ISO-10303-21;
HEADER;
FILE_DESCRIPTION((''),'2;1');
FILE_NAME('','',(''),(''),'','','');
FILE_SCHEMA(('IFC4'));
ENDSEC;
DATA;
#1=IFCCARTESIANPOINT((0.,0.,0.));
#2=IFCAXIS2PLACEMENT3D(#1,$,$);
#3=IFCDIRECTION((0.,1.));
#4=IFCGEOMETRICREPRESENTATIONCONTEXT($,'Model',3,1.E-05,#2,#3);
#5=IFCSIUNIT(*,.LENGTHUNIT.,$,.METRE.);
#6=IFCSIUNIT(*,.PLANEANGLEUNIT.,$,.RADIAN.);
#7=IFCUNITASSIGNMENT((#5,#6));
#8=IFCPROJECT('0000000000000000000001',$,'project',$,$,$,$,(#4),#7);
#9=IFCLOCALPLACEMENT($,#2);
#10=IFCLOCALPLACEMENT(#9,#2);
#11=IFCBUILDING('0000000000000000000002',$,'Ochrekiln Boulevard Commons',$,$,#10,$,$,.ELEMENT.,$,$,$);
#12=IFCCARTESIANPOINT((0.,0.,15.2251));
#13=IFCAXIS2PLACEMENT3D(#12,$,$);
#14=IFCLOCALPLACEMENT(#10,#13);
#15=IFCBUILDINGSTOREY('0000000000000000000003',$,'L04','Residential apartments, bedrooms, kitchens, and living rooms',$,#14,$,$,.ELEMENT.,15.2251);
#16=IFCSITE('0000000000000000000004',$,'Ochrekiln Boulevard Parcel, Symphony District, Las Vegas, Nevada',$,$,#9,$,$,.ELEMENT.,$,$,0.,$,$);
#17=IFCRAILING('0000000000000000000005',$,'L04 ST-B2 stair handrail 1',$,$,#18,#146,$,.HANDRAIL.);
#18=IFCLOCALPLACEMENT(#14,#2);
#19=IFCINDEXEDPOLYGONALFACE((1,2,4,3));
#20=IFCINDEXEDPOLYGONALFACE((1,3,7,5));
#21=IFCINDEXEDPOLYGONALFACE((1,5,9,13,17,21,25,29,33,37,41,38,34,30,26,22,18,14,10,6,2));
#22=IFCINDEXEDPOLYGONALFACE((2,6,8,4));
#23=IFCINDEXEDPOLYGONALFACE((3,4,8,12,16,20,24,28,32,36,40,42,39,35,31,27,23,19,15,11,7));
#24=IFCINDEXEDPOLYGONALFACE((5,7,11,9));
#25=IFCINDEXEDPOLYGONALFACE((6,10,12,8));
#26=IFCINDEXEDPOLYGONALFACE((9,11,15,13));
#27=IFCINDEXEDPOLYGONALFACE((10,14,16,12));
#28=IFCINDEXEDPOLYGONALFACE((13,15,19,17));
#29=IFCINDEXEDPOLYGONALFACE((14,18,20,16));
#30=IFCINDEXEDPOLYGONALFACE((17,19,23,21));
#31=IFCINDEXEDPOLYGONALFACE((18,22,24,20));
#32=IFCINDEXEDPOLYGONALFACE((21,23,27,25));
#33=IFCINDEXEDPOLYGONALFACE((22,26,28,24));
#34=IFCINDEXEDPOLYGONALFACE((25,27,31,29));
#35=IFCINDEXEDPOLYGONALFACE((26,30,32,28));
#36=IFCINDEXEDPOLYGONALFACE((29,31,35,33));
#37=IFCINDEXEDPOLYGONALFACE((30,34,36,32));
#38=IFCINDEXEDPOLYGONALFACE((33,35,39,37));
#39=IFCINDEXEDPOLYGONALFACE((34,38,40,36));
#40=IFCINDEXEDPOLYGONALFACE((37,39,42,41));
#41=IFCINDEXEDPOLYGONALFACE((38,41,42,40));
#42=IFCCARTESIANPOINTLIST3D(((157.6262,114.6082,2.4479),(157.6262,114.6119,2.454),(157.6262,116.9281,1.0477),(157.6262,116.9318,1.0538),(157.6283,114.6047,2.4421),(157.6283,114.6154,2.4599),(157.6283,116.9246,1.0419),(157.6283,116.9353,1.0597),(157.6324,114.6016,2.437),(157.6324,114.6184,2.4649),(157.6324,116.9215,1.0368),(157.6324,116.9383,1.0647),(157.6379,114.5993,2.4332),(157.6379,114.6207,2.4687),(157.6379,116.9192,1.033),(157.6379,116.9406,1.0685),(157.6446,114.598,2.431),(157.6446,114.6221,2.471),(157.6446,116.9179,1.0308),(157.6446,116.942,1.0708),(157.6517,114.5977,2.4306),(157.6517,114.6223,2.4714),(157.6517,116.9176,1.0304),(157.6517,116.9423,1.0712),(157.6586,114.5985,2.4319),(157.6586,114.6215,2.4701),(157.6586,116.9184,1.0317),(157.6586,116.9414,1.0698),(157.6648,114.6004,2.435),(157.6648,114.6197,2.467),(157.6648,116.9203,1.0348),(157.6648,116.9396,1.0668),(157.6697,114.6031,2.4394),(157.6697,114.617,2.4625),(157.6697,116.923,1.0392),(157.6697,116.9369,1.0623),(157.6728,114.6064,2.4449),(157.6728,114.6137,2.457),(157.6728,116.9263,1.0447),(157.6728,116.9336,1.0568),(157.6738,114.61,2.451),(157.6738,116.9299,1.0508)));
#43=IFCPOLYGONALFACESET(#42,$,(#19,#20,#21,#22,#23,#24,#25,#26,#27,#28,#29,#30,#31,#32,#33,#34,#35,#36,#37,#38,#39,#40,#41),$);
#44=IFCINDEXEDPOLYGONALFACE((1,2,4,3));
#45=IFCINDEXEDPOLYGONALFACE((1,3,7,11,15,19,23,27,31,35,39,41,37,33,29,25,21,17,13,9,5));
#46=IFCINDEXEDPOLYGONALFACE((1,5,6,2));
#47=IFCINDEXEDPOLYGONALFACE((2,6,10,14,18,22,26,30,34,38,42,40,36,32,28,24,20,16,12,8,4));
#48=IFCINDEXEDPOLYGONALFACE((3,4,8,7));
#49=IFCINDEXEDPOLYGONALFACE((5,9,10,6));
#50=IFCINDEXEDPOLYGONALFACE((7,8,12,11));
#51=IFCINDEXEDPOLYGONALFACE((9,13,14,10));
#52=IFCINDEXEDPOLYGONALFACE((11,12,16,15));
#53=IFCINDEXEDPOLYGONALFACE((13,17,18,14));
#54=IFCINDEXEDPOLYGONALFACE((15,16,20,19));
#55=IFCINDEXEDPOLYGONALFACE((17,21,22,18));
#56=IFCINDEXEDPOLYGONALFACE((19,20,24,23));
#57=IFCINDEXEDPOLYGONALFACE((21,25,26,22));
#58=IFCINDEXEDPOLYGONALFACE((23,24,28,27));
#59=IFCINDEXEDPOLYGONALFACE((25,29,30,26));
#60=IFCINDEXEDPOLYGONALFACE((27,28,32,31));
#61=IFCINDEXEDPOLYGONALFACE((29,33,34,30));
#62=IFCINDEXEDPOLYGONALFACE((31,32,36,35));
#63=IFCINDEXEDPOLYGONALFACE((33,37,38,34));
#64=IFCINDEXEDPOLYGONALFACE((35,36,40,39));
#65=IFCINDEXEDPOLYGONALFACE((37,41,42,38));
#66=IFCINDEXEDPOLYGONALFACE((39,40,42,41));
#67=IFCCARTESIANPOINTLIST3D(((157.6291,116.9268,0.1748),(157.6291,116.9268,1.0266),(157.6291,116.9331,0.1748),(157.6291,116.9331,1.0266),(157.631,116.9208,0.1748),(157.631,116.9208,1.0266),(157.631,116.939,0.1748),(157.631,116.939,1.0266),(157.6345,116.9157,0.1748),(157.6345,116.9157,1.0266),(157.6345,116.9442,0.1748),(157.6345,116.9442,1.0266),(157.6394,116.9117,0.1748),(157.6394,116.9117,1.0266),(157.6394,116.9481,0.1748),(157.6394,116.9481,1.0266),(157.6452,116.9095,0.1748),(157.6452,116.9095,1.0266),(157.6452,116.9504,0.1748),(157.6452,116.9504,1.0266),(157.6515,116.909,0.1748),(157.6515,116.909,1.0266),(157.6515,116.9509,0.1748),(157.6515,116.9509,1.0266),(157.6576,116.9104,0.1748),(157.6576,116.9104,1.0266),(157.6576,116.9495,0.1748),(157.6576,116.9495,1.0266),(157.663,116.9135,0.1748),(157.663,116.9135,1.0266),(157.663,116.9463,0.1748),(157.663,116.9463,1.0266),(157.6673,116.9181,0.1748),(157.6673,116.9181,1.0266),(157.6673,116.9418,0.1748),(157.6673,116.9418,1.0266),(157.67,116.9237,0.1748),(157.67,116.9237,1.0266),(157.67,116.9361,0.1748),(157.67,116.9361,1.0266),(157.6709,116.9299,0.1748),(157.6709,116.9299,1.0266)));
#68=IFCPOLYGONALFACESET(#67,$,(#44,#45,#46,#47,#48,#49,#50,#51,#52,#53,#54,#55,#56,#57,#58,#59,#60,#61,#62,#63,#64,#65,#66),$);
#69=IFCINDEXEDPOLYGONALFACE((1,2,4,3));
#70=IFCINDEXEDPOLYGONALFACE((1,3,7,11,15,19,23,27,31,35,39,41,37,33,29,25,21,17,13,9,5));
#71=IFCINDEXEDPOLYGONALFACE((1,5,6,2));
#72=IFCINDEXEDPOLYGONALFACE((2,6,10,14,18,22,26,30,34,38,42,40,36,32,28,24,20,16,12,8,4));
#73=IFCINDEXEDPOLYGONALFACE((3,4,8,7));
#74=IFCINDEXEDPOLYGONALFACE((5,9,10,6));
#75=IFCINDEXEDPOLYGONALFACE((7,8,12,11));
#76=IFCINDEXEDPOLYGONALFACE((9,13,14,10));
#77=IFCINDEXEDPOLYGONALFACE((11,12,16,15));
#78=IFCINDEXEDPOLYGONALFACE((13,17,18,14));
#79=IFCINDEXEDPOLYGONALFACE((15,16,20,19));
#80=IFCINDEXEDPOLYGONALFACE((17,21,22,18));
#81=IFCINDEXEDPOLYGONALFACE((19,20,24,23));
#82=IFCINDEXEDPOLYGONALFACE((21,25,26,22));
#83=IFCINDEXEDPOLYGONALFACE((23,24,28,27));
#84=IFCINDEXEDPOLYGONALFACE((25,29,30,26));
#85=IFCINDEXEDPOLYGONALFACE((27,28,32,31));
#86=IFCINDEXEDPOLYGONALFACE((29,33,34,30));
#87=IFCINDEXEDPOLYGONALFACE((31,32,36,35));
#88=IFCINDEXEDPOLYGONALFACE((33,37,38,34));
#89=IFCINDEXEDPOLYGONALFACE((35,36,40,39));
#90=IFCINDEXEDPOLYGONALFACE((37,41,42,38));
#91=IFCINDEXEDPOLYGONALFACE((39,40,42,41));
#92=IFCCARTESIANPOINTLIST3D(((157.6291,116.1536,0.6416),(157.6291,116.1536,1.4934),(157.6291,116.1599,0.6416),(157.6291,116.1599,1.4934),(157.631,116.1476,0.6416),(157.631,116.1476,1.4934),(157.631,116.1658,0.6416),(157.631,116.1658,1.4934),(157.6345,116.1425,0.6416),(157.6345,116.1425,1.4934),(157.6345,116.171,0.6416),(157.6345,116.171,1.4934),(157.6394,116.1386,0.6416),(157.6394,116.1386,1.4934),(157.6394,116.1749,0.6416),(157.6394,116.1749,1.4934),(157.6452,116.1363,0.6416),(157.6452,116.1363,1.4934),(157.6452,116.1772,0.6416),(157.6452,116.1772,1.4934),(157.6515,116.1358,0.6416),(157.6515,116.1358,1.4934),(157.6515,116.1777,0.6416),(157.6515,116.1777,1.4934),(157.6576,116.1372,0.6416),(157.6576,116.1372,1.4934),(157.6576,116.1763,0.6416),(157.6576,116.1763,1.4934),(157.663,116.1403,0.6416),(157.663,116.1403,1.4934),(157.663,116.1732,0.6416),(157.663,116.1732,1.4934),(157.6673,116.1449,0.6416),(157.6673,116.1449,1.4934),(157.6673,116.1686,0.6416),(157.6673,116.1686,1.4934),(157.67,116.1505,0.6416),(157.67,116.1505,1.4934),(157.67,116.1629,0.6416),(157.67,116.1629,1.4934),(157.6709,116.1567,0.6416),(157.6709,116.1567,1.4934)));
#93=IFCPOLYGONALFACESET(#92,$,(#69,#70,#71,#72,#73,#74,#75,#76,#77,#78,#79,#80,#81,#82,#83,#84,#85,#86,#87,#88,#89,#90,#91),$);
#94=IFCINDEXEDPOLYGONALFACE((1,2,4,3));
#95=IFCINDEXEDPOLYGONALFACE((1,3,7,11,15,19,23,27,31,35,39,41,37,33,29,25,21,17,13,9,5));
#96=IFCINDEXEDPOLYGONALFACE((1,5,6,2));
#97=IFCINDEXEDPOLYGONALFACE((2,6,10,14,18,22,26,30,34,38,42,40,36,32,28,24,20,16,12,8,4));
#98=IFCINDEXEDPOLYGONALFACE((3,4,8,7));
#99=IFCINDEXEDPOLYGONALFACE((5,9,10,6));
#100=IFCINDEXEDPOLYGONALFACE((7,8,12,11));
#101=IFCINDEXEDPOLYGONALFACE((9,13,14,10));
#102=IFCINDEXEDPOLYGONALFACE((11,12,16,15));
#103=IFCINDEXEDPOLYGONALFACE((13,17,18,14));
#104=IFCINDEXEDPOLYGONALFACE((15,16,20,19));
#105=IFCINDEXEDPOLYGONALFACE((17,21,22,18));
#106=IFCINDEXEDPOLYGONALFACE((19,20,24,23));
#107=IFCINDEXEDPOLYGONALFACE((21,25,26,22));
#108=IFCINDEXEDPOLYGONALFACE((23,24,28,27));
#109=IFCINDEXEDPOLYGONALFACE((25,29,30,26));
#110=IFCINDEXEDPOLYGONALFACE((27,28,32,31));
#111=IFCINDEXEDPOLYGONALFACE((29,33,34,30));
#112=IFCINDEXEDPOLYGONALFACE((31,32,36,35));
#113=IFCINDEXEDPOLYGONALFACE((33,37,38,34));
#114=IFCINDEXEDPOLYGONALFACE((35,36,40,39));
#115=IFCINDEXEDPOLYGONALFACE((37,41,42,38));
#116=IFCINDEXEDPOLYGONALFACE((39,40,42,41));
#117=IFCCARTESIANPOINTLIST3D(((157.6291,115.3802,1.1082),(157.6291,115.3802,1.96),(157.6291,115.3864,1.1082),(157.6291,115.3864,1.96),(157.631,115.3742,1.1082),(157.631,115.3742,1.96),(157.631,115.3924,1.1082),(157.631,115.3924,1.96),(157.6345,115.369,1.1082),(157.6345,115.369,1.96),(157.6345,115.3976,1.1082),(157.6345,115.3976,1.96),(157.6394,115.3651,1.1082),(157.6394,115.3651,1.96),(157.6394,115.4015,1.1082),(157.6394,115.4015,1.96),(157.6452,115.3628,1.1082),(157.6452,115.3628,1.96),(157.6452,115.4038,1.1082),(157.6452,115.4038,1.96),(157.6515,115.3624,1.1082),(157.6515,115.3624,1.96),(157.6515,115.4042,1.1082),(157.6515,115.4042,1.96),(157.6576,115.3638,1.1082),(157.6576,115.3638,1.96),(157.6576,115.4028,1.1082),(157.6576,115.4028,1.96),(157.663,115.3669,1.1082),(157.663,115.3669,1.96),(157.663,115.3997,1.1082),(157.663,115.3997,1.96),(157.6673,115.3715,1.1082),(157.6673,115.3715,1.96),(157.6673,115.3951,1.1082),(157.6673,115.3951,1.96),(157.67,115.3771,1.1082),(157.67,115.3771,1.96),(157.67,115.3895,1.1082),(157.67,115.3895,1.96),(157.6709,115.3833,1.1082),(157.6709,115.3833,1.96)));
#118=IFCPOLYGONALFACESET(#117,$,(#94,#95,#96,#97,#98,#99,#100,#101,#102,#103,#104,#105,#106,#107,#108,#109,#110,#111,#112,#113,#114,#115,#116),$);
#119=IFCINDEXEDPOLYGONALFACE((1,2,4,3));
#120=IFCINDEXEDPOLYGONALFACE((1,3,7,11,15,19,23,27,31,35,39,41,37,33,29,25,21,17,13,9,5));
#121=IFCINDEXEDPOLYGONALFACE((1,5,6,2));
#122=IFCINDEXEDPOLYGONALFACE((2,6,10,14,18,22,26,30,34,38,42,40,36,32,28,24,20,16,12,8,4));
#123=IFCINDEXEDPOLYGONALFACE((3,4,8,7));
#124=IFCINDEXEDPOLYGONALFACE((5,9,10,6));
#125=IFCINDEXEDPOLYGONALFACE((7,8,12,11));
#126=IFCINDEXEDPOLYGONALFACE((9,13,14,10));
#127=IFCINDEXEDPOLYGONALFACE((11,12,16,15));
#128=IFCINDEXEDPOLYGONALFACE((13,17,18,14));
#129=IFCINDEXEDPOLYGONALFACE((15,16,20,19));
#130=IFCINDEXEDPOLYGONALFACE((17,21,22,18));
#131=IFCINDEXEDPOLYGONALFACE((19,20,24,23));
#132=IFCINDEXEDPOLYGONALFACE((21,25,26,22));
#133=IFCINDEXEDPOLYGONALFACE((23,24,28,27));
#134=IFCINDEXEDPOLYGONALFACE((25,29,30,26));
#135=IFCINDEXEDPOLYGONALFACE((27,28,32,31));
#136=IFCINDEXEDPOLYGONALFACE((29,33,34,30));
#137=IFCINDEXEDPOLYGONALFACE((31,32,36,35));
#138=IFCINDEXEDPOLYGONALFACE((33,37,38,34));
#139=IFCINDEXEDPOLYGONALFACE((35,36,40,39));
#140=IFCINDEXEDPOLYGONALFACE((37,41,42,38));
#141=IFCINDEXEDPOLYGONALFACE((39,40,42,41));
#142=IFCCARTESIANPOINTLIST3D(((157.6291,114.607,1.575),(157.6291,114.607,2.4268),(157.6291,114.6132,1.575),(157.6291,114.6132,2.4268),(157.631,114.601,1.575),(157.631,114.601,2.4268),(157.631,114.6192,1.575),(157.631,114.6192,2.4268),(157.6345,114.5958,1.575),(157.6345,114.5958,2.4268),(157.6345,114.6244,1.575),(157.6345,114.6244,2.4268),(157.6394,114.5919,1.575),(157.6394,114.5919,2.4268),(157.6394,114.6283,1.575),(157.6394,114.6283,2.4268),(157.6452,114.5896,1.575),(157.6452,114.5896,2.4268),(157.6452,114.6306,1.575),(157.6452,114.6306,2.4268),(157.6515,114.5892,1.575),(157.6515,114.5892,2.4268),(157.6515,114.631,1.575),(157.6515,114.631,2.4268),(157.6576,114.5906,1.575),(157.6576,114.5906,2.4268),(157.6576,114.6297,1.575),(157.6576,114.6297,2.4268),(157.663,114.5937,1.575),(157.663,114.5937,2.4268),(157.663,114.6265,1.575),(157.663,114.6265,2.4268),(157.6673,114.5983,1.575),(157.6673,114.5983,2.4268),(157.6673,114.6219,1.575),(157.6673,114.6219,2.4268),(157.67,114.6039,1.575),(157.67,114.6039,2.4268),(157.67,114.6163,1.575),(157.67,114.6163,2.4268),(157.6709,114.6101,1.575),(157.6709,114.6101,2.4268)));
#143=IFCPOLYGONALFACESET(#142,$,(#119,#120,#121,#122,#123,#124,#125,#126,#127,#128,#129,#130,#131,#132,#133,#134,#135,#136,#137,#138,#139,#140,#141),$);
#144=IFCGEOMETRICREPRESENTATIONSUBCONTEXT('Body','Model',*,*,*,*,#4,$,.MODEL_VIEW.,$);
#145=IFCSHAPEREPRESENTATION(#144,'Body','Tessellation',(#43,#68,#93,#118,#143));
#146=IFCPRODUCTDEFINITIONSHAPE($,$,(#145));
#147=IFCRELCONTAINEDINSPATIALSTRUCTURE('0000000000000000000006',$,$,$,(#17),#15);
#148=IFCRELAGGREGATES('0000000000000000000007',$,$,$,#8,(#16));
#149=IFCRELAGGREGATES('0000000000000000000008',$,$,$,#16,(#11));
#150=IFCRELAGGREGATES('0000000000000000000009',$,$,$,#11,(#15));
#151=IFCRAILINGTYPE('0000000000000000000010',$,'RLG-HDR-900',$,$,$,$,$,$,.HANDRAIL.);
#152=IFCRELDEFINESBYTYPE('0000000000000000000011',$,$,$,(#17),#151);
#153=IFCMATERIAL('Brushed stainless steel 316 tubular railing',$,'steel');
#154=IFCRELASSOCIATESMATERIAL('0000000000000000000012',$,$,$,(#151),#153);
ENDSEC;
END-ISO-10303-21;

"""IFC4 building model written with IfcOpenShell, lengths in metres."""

from ifc_helpers import new_model, si_unit, direction, frame, origin, origin_2d, place, context, subcontext, project, spatial, circle, extrude, material, type_object, element, save


model = new_model("IFC4")

# Units and contexts
model_context = context("Model", 3, precision=1e-05, world=origin(), true_north=direction((0.0, 1.0)))
body_context = subcontext(model_context, "Body", "Model", "MODEL_VIEW")
ifc_project = project(units=[si_unit("LENGTHUNIT", "METRE"), si_unit("PLANEANGLEUNIT", "RADIAN")], contexts=[model_context])

# Site, building, storey
site_placement = place(None, origin())
site = spatial("IfcSite", under=ifc_project, at=site_placement, Name="Ochrekiln Boulevard Parcel, Symphony District, Las Vegas, Nevada", CompositionType="ELEMENT", RefElevation=0.0)
building_placement = place(site_placement, origin())
building = spatial("IfcBuilding", under=site, at=building_placement, Name="Ochrekiln Boulevard Commons", CompositionType="ELEMENT")
storey_placement = place(building_placement, frame((0.0, 0.0, 15.2251)))
storey = spatial("IfcBuildingStorey", under=building, at=storey_placement, Name="L04", Description="Residential apartments, bedrooms, kitchens, and living rooms", CompositionType="ELEMENT", Elevation=15.2251)

# Railing
ifc_material_1 = material(Name="Brushed stainless steel 316 tubular railing", Category="steel")
railing_type_1 = type_object("IfcRailingType", Name="RLG-HDR-900", PredefinedType="HANDRAIL", material=ifc_material_1)
railing_1_placement = place(storey_placement, frame((157.6499, 116.9299, 0.1748)))
element("IfcRailing", 1, at=railing_1_placement, inside=storey, type_object=railing_type_1, Name="L04 ST-B2 stair handrail 1", PredefinedType="HANDRAIL", context=body_context, shape_type="SweptSolid", body=[
    extrude(circle(Radius=0.0239, at=origin_2d()), frame((0.0, 0.0, 0.876), z_axis=(0.0, -0.856146, 0.516733), x_axis=(1.0, 0.0, 0.0)), (0.0, 0.0, 1.0), 2.7097),
    extrude(circle(Radius=0.021, at=origin_2d()), origin(), (0.0, 0.0, 1.0), 0.8518),
    extrude(circle(Radius=0.021, at=origin_2d()), frame((0.0, -0.7732, 0.4668)), (0.0, 0.0, 1.0), 0.8518),
    extrude(circle(Radius=0.021, at=origin_2d()), frame((0.0, -1.5466, 0.9333)), (0.0, 0.0, 1.0), 0.8518),
    extrude(circle(Radius=0.021, at=origin_2d()), frame((0.0, -2.3198, 1.4001)), (0.0, 0.0, 1.0), 0.8518),
])

save(model, "model.ifc")
